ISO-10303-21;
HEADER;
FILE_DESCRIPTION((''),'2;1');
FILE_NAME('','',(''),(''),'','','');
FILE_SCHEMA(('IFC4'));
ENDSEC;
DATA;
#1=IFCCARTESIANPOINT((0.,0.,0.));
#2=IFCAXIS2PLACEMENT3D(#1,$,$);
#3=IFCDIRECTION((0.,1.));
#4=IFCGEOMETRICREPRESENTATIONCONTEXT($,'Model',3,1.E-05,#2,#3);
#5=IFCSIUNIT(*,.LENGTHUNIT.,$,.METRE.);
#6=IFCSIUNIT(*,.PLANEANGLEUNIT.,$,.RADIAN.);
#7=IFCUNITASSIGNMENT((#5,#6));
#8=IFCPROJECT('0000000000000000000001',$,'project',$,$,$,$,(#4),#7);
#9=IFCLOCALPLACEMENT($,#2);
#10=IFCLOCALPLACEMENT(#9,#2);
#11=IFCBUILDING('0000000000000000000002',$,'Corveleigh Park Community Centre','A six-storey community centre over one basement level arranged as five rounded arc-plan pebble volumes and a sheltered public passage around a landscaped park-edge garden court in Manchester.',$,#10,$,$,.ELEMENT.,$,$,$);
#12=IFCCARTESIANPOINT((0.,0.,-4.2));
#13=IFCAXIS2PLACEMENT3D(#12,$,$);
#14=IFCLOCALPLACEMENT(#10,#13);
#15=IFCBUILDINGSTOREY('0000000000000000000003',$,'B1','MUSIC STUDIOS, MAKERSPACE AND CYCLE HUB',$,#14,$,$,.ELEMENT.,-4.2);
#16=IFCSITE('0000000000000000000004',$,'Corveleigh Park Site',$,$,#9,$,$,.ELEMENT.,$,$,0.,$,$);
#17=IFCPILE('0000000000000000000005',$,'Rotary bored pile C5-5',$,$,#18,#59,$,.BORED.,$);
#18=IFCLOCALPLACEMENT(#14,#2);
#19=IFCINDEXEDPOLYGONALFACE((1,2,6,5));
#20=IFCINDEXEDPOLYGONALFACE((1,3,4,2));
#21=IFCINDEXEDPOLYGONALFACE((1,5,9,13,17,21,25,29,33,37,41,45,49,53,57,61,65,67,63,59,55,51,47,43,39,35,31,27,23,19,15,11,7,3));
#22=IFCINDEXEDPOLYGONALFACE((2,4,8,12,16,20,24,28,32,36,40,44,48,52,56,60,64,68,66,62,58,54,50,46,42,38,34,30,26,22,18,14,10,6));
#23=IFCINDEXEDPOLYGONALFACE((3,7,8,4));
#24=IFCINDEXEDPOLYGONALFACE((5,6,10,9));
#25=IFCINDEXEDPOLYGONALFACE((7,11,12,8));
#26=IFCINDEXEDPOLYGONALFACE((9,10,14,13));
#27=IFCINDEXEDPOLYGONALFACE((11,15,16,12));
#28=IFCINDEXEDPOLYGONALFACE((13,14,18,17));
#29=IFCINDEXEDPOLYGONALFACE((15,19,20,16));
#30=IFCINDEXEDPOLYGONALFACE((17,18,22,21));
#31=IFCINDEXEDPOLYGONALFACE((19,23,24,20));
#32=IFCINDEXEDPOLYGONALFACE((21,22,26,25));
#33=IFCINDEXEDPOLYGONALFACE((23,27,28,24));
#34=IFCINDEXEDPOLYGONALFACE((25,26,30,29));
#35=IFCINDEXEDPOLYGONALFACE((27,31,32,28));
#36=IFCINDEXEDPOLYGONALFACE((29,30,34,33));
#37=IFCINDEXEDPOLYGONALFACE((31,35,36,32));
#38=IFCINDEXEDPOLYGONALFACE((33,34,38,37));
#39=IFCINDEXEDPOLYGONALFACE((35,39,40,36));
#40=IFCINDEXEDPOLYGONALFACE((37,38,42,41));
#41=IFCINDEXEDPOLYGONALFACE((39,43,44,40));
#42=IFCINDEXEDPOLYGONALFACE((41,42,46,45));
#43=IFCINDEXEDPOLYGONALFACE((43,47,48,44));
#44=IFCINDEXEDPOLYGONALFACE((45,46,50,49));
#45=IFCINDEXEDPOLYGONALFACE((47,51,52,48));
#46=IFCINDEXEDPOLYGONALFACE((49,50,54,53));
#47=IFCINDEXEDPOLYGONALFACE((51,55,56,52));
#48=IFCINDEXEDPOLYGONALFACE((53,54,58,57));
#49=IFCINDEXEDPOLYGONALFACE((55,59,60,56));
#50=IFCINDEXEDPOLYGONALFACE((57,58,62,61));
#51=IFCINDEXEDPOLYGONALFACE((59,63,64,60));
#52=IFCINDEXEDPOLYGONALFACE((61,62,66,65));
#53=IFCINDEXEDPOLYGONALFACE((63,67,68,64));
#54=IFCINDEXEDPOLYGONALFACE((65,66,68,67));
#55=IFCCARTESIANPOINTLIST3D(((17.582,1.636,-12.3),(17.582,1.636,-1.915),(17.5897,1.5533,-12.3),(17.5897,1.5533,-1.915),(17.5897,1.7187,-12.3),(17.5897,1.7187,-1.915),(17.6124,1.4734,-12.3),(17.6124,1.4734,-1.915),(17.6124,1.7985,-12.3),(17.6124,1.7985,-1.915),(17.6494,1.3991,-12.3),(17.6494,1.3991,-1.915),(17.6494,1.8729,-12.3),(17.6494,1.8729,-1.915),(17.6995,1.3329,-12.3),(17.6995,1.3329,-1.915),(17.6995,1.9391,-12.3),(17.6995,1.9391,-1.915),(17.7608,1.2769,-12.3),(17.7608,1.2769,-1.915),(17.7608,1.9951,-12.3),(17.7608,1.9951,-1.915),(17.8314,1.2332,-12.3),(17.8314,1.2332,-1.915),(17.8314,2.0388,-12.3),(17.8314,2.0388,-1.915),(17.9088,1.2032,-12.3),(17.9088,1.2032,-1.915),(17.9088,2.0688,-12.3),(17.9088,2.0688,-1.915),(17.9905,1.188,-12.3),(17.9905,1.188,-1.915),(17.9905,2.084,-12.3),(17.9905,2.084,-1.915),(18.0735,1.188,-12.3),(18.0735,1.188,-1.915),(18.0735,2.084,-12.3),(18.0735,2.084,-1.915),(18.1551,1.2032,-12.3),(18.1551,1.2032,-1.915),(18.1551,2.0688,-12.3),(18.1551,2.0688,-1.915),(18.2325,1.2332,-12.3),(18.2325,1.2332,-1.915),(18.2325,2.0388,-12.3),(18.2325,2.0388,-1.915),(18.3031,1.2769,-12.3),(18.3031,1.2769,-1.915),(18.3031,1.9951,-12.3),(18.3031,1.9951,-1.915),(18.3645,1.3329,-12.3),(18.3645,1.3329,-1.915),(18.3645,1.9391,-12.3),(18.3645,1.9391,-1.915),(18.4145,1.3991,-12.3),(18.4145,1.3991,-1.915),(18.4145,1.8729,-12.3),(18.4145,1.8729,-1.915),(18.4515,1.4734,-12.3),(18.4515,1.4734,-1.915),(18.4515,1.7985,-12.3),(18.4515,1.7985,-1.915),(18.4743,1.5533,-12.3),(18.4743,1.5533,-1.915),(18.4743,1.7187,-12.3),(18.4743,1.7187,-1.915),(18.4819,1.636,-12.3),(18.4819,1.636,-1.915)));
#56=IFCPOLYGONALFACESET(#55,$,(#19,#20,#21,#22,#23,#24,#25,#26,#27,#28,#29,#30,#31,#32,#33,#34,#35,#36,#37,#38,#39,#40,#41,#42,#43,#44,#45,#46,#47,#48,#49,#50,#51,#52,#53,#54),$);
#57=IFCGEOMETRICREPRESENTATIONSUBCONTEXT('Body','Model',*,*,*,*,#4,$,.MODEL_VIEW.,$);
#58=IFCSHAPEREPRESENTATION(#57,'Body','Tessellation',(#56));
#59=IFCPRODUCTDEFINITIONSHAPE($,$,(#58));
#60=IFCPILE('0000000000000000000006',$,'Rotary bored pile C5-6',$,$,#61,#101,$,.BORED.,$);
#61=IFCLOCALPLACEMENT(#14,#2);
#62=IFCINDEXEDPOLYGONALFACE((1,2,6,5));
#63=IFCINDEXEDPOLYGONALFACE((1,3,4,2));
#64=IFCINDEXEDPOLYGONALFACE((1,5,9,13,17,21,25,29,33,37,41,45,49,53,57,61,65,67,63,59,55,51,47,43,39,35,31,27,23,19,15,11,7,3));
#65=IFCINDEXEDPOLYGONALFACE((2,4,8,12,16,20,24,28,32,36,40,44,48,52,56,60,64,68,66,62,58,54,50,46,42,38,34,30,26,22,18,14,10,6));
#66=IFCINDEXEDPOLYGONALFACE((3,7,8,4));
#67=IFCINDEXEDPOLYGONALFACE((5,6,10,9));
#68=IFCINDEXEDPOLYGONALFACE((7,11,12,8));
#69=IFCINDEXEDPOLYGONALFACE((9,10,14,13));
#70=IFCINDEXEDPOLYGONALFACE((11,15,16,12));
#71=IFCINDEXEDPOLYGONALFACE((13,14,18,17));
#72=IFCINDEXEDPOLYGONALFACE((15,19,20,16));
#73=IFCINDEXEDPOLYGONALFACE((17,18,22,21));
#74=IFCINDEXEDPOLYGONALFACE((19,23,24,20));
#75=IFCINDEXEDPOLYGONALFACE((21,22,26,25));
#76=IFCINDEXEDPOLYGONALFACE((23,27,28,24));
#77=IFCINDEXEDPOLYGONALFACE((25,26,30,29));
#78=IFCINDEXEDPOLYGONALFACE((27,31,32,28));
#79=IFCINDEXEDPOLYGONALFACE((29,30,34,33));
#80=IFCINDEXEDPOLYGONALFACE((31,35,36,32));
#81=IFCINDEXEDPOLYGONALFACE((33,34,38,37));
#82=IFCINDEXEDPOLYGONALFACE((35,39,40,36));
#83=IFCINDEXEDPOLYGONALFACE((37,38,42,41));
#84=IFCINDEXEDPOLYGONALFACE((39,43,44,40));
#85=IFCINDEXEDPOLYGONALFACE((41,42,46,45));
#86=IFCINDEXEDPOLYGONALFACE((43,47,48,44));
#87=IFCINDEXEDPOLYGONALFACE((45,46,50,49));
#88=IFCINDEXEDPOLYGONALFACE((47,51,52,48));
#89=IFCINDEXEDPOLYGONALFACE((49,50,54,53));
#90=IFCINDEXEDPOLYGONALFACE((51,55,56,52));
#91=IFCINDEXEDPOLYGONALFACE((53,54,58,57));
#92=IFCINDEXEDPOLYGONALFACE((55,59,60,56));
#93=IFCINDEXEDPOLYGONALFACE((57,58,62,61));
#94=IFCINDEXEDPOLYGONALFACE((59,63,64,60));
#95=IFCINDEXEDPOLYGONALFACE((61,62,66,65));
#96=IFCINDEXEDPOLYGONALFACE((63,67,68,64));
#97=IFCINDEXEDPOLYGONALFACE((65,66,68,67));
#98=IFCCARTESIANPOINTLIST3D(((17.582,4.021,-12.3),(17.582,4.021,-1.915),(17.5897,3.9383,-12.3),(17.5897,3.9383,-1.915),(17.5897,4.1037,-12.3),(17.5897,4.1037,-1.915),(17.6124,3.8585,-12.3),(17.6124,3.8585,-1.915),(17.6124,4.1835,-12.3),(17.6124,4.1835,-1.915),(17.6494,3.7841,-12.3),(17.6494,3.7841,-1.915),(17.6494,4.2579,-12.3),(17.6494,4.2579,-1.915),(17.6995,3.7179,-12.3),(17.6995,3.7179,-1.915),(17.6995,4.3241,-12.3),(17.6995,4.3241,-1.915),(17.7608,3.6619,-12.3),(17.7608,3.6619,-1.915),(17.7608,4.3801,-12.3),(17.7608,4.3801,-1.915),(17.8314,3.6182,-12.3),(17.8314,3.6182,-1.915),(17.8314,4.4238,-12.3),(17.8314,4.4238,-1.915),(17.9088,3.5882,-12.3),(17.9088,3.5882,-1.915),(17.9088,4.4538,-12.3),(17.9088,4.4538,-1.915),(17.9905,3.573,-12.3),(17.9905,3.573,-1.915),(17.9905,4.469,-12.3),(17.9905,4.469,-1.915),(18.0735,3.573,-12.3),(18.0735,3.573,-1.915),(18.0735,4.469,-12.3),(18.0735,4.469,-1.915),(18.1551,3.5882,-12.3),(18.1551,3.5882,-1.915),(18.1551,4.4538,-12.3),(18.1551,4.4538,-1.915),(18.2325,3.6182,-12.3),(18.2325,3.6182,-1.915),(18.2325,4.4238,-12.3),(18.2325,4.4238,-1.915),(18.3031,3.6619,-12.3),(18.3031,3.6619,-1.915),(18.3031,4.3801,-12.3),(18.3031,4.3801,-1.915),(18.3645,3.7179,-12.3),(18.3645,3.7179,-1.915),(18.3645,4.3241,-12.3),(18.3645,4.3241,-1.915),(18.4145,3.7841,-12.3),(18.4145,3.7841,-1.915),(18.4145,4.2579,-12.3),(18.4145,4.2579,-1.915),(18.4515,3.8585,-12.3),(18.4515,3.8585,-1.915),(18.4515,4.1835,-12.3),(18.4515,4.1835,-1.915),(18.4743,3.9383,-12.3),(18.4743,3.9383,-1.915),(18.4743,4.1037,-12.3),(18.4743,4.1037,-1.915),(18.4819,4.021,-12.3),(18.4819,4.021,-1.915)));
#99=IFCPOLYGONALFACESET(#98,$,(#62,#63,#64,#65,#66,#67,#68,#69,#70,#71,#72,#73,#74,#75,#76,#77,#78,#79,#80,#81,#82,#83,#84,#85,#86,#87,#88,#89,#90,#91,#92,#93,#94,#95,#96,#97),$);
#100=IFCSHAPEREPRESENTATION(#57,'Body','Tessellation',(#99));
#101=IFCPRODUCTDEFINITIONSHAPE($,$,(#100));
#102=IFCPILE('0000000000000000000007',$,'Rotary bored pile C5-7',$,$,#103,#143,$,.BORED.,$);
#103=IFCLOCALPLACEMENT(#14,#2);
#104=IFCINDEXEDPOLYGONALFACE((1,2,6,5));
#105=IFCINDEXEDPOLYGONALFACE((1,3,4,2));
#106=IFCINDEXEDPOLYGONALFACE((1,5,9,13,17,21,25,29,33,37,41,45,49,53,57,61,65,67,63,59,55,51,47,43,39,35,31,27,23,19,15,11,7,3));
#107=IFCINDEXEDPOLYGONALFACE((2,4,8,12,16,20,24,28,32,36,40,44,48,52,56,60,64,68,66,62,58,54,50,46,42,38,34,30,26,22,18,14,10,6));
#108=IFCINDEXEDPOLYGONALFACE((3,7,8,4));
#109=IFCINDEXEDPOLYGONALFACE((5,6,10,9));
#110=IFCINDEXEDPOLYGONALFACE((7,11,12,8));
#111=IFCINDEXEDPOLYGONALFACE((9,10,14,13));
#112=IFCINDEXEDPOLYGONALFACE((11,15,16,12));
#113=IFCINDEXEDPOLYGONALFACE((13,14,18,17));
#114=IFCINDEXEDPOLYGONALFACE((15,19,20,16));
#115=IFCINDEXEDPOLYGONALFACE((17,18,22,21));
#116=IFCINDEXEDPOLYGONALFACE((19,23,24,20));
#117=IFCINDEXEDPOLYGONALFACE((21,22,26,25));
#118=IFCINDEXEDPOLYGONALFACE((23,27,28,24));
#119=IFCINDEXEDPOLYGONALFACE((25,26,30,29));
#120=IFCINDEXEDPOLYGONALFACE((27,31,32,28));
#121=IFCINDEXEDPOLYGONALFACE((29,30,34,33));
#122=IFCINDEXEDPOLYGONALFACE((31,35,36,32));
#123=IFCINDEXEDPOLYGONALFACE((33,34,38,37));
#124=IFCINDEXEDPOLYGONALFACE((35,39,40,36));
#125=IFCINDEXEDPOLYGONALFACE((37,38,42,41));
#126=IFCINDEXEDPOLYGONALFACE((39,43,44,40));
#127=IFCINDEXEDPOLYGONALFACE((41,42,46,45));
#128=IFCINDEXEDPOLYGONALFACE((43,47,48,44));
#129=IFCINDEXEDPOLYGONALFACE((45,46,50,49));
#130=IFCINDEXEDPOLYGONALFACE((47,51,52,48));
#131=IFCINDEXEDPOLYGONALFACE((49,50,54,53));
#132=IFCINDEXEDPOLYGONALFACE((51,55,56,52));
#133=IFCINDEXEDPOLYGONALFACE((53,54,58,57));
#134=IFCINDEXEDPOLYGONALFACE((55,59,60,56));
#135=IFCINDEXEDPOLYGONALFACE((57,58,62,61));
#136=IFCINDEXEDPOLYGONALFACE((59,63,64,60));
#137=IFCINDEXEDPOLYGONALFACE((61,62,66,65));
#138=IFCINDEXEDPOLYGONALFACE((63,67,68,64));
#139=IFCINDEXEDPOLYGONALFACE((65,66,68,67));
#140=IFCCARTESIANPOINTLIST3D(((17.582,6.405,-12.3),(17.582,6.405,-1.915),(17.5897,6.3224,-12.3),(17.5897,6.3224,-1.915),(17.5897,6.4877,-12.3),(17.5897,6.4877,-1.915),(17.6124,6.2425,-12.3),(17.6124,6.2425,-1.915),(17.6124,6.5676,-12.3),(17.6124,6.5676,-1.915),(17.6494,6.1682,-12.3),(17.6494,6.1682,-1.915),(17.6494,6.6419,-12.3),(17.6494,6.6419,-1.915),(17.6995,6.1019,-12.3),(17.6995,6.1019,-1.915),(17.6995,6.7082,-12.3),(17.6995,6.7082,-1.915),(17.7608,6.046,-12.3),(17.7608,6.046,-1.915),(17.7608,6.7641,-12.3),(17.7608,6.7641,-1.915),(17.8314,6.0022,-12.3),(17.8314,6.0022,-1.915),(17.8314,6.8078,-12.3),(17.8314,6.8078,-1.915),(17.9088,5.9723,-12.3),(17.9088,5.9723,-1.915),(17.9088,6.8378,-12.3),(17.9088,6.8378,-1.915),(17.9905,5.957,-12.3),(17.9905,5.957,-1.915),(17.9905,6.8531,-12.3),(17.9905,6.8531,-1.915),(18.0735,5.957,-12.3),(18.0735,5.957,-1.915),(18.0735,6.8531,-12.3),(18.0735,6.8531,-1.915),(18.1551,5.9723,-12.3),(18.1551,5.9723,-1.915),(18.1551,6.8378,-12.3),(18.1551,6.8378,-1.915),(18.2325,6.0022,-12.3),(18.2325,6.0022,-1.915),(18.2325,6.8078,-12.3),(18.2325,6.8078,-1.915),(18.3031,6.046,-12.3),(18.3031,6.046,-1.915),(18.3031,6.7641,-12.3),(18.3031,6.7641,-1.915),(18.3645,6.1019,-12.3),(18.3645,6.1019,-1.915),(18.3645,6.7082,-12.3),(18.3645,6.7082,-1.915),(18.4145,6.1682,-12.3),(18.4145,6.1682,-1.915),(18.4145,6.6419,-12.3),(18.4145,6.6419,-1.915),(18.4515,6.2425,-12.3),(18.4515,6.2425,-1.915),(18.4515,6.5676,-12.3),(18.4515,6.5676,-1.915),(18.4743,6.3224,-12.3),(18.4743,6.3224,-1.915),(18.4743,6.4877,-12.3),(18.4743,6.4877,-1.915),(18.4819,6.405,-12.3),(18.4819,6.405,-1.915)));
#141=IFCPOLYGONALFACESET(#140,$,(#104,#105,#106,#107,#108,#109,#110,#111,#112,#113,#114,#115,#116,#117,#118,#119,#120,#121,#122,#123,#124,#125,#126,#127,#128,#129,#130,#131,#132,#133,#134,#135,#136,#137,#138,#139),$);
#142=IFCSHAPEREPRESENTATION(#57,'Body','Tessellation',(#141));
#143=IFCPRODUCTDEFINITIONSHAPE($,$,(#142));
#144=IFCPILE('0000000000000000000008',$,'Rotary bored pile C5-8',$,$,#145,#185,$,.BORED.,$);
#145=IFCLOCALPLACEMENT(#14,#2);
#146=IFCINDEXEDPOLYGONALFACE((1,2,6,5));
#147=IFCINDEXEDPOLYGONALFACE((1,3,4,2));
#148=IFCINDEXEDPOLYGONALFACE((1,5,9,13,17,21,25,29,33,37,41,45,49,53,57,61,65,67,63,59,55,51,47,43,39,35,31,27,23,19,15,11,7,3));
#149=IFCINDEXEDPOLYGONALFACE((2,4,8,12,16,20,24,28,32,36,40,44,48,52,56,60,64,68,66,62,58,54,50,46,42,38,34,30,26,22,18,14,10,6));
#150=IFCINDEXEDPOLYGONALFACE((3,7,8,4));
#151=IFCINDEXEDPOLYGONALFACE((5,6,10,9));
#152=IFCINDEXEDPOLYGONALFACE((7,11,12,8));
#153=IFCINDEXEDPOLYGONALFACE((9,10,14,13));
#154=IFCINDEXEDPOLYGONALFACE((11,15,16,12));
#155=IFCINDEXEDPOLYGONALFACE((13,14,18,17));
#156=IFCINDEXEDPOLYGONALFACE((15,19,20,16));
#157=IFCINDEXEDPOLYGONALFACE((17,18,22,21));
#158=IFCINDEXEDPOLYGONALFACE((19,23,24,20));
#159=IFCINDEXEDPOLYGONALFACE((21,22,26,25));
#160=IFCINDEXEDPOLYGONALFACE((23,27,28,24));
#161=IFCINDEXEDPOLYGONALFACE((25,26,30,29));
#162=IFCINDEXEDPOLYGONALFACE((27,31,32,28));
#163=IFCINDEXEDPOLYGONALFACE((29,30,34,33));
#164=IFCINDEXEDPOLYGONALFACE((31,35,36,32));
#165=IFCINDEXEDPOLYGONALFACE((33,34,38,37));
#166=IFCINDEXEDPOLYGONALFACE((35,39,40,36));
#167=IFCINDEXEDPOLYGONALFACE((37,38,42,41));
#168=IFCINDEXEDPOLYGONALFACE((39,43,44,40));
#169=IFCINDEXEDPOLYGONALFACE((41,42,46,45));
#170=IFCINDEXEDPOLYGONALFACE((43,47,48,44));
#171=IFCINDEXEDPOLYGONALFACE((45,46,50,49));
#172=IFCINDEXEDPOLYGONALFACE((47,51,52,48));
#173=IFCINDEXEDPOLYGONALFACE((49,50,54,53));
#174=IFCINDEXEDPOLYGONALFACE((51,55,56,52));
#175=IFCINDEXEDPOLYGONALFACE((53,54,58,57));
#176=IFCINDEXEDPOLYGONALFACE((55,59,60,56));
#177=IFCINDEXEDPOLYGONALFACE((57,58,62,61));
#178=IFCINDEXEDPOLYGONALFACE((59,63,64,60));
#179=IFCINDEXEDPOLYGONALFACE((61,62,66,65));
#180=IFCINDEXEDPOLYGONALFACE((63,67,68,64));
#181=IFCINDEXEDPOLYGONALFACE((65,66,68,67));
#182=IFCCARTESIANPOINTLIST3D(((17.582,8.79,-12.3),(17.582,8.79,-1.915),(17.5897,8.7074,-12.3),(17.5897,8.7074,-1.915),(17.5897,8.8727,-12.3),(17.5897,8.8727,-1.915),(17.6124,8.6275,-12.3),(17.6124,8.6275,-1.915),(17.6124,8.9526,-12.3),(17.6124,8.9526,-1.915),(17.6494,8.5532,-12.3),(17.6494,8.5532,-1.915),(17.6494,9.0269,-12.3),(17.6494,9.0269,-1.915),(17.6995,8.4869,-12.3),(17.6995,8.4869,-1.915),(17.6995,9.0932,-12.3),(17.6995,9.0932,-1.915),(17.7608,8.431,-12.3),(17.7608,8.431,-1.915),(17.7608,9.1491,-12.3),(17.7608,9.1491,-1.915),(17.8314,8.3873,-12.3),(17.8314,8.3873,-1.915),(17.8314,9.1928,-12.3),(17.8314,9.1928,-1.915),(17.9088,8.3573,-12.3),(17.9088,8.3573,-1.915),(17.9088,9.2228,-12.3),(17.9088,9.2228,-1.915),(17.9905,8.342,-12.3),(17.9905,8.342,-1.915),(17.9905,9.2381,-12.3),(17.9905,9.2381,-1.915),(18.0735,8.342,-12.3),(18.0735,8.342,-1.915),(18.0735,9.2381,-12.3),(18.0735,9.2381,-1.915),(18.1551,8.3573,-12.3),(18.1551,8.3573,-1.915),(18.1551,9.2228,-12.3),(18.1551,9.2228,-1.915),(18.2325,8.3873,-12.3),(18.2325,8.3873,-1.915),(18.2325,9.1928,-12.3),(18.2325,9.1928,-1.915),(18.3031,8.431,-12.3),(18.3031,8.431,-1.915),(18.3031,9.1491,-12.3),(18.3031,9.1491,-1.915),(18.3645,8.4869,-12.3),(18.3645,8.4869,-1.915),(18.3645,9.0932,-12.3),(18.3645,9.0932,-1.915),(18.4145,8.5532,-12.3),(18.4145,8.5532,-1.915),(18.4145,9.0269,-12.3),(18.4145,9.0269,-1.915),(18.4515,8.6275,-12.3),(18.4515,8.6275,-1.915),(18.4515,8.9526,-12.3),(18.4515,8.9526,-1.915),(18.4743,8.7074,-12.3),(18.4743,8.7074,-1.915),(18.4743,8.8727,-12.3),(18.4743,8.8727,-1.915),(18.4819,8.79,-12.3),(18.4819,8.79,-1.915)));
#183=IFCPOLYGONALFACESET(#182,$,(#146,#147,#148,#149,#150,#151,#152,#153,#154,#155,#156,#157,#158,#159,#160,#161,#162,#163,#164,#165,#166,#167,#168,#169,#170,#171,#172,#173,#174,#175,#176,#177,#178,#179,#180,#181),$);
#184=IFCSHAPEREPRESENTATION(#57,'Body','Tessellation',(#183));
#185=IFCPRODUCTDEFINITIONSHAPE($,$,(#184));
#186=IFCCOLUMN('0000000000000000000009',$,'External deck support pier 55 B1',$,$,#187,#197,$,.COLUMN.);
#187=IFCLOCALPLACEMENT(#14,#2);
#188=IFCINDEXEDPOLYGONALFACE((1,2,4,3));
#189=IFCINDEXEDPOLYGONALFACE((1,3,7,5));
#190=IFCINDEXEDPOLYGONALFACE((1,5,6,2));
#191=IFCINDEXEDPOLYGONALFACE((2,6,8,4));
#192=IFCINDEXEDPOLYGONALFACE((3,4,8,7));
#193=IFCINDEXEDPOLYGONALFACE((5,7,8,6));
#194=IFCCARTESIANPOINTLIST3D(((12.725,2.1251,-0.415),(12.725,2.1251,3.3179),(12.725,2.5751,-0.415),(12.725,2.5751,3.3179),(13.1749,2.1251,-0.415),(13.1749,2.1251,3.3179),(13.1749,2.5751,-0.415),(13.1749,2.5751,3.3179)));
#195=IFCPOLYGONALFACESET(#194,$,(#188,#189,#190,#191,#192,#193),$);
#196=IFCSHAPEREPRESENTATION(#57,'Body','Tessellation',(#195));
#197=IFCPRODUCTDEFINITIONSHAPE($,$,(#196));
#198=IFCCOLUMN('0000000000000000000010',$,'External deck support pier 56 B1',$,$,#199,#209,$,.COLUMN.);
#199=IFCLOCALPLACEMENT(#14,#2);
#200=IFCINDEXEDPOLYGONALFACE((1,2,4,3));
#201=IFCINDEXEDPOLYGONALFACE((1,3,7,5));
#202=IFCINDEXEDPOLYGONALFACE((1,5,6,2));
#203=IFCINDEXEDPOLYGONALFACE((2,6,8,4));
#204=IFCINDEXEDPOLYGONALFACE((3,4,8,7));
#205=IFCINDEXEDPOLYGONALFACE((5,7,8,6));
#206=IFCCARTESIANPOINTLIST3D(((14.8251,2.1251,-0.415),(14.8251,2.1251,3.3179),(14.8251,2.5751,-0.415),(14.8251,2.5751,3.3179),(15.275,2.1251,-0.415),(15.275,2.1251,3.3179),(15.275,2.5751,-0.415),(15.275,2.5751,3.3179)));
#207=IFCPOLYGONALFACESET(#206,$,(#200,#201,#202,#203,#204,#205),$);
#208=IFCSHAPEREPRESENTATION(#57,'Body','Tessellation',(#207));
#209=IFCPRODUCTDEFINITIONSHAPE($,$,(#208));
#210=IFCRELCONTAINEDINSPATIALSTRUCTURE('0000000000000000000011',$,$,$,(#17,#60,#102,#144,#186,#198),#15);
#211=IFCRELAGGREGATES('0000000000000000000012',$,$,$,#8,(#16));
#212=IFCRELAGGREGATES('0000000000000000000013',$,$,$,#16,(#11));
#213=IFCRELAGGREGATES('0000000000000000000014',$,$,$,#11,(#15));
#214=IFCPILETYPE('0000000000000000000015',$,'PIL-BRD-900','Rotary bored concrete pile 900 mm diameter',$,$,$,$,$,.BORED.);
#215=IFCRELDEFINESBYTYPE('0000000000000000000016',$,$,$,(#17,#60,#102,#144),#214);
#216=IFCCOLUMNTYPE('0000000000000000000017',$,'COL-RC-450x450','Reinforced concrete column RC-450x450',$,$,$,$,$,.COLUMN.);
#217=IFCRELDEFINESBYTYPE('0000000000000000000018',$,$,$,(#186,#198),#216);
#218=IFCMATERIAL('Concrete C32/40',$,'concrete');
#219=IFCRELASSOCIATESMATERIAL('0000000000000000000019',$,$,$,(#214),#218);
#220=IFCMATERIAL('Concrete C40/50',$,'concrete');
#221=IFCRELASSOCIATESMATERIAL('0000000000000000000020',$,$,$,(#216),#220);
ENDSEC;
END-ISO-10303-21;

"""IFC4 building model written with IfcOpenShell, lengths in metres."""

from ifc_helpers import new_model, si_unit, direction, frame, origin, origin_2d, place, context, subcontext, project, spatial, rectangle, circle, extrude, material, material_profile, profile_set, type_object, element, save


model = new_model("IFC4")

# Units and contexts
model_context = context("Model", 3, precision=1e-05, world=origin(), true_north=direction((0.0, 1.0)))
body_context = subcontext(model_context, "Body", "Model", "MODEL_VIEW")
ifc_project = project(units=[si_unit("LENGTHUNIT", "METRE"), si_unit("PLANEANGLEUNIT", "RADIAN")], contexts=[model_context])

# Site, building, storey
site_placement = place(None, origin())
site = spatial("IfcSite", under=ifc_project, at=site_placement, Name="Corveleigh Park Site", CompositionType="ELEMENT", RefElevation=0.0)
building_placement = place(site_placement, origin())
building = spatial("IfcBuilding", under=site, at=building_placement, Name="Corveleigh Park Community Centre", Description="A six-storey community centre over one basement level arranged as five rounded arc-plan pebble volumes and a sheltered public passage around a landscaped park-edge garden court in Manchester.", CompositionType="ELEMENT")
storey_placement = place(building_placement, frame((0.0, 0.0, -4.2)))
storey = spatial("IfcBuildingStorey", under=building, at=storey_placement, Name="B1", Description="MUSIC STUDIOS, MAKERSPACE AND CYCLE HUB", CompositionType="ELEMENT", Elevation=-4.2)

# Shared definitions
ifc_material_1 = material(Name="Concrete C40/50", Category="concrete")

# Piles
ifc_material_2 = material(Name="Concrete C32/40", Category="concrete")
ifc_material_profile_1 = material_profile(ifc_material_2, circle(Radius=0.45, at=origin_2d()), Name="BORED-PILE-900", Category="concrete")
ifc_profile_set_1 = profile_set([ifc_material_profile_1], Name="Concrete C32/40")
pile_type_1 = type_object("IfcPileType", Name="PIL-BRD-900", Description="Rotary bored concrete pile 900 mm diameter", PredefinedType="BORED", material=ifc_profile_set_1)
for number, where, z_axis, x_axis, name in (
    (1, (18.032, 1.636, -1.915), (0.0, 0.0, -1.0), (1.0, 0.0, 0.0), "Rotary bored pile C5-5"),
    (2, (18.032, 4.021, -1.915), (0.0, 0.0, -1.0), (1.0, 0.0, 0.0), "Rotary bored pile C5-6"),
    (3, (18.032, 6.405, -1.915), (0.0, 0.0, -1.0), (1.0, 0.0, 0.0), "Rotary bored pile C5-7"),
    (4, (18.032, 8.79, -1.915), (0.0, 0.0, -1.0), (1.0, 0.0, 0.0), "Rotary bored pile C5-8"),
):
    element("IfcPile", number, at=place(storey_placement, frame(where, z_axis=z_axis, x_axis=x_axis)), inside=storey, type_object=pile_type_1, Name=name, PredefinedType="BORED", context=body_context, shape_type="SweptSolid", body=[
        extrude(circle(Radius=0.45, at=origin_2d()), origin(), (0.0, 0.0, 1.0), 10.385),
    ])

# Columns
ifc_material_profile_2 = material_profile(ifc_material_1, rectangle(XDim=0.45, YDim=0.45, at=origin_2d()), Name="RC-450x450", Category="concrete")
ifc_profile_set_2 = profile_set([ifc_material_profile_2], Name="Concrete C40/50")
column_type_1 = type_object("IfcColumnType", Name="COL-RC-450x450", Description="Reinforced concrete column RC-450x450", PredefinedType="COLUMN", material=ifc_profile_set_2)
for number, where, z_axis, x_axis, name in (
    (5, (12.95, 2.3501, -0.415), (0.0, 0.0, 1.0), (1.0, 0.0, 0.0), "External deck support pier 55 B1"),
    (6, (15.05, 2.3501, -0.415), (0.0, 0.0, 1.0), (1.0, 0.0, 0.0), "External deck support pier 56 B1"),
):
    element("IfcColumn", number, at=place(storey_placement, frame(where, z_axis=z_axis, x_axis=x_axis)), inside=storey, type_object=column_type_1, Name=name, PredefinedType="COLUMN", context=body_context, shape_type="SweptSolid", body=[
        extrude(rectangle(XDim=0.45, YDim=0.45, at=origin_2d()), origin(), (0.0, 0.0, 1.0), 3.7329),
    ])

save(model, "model.ifc")
